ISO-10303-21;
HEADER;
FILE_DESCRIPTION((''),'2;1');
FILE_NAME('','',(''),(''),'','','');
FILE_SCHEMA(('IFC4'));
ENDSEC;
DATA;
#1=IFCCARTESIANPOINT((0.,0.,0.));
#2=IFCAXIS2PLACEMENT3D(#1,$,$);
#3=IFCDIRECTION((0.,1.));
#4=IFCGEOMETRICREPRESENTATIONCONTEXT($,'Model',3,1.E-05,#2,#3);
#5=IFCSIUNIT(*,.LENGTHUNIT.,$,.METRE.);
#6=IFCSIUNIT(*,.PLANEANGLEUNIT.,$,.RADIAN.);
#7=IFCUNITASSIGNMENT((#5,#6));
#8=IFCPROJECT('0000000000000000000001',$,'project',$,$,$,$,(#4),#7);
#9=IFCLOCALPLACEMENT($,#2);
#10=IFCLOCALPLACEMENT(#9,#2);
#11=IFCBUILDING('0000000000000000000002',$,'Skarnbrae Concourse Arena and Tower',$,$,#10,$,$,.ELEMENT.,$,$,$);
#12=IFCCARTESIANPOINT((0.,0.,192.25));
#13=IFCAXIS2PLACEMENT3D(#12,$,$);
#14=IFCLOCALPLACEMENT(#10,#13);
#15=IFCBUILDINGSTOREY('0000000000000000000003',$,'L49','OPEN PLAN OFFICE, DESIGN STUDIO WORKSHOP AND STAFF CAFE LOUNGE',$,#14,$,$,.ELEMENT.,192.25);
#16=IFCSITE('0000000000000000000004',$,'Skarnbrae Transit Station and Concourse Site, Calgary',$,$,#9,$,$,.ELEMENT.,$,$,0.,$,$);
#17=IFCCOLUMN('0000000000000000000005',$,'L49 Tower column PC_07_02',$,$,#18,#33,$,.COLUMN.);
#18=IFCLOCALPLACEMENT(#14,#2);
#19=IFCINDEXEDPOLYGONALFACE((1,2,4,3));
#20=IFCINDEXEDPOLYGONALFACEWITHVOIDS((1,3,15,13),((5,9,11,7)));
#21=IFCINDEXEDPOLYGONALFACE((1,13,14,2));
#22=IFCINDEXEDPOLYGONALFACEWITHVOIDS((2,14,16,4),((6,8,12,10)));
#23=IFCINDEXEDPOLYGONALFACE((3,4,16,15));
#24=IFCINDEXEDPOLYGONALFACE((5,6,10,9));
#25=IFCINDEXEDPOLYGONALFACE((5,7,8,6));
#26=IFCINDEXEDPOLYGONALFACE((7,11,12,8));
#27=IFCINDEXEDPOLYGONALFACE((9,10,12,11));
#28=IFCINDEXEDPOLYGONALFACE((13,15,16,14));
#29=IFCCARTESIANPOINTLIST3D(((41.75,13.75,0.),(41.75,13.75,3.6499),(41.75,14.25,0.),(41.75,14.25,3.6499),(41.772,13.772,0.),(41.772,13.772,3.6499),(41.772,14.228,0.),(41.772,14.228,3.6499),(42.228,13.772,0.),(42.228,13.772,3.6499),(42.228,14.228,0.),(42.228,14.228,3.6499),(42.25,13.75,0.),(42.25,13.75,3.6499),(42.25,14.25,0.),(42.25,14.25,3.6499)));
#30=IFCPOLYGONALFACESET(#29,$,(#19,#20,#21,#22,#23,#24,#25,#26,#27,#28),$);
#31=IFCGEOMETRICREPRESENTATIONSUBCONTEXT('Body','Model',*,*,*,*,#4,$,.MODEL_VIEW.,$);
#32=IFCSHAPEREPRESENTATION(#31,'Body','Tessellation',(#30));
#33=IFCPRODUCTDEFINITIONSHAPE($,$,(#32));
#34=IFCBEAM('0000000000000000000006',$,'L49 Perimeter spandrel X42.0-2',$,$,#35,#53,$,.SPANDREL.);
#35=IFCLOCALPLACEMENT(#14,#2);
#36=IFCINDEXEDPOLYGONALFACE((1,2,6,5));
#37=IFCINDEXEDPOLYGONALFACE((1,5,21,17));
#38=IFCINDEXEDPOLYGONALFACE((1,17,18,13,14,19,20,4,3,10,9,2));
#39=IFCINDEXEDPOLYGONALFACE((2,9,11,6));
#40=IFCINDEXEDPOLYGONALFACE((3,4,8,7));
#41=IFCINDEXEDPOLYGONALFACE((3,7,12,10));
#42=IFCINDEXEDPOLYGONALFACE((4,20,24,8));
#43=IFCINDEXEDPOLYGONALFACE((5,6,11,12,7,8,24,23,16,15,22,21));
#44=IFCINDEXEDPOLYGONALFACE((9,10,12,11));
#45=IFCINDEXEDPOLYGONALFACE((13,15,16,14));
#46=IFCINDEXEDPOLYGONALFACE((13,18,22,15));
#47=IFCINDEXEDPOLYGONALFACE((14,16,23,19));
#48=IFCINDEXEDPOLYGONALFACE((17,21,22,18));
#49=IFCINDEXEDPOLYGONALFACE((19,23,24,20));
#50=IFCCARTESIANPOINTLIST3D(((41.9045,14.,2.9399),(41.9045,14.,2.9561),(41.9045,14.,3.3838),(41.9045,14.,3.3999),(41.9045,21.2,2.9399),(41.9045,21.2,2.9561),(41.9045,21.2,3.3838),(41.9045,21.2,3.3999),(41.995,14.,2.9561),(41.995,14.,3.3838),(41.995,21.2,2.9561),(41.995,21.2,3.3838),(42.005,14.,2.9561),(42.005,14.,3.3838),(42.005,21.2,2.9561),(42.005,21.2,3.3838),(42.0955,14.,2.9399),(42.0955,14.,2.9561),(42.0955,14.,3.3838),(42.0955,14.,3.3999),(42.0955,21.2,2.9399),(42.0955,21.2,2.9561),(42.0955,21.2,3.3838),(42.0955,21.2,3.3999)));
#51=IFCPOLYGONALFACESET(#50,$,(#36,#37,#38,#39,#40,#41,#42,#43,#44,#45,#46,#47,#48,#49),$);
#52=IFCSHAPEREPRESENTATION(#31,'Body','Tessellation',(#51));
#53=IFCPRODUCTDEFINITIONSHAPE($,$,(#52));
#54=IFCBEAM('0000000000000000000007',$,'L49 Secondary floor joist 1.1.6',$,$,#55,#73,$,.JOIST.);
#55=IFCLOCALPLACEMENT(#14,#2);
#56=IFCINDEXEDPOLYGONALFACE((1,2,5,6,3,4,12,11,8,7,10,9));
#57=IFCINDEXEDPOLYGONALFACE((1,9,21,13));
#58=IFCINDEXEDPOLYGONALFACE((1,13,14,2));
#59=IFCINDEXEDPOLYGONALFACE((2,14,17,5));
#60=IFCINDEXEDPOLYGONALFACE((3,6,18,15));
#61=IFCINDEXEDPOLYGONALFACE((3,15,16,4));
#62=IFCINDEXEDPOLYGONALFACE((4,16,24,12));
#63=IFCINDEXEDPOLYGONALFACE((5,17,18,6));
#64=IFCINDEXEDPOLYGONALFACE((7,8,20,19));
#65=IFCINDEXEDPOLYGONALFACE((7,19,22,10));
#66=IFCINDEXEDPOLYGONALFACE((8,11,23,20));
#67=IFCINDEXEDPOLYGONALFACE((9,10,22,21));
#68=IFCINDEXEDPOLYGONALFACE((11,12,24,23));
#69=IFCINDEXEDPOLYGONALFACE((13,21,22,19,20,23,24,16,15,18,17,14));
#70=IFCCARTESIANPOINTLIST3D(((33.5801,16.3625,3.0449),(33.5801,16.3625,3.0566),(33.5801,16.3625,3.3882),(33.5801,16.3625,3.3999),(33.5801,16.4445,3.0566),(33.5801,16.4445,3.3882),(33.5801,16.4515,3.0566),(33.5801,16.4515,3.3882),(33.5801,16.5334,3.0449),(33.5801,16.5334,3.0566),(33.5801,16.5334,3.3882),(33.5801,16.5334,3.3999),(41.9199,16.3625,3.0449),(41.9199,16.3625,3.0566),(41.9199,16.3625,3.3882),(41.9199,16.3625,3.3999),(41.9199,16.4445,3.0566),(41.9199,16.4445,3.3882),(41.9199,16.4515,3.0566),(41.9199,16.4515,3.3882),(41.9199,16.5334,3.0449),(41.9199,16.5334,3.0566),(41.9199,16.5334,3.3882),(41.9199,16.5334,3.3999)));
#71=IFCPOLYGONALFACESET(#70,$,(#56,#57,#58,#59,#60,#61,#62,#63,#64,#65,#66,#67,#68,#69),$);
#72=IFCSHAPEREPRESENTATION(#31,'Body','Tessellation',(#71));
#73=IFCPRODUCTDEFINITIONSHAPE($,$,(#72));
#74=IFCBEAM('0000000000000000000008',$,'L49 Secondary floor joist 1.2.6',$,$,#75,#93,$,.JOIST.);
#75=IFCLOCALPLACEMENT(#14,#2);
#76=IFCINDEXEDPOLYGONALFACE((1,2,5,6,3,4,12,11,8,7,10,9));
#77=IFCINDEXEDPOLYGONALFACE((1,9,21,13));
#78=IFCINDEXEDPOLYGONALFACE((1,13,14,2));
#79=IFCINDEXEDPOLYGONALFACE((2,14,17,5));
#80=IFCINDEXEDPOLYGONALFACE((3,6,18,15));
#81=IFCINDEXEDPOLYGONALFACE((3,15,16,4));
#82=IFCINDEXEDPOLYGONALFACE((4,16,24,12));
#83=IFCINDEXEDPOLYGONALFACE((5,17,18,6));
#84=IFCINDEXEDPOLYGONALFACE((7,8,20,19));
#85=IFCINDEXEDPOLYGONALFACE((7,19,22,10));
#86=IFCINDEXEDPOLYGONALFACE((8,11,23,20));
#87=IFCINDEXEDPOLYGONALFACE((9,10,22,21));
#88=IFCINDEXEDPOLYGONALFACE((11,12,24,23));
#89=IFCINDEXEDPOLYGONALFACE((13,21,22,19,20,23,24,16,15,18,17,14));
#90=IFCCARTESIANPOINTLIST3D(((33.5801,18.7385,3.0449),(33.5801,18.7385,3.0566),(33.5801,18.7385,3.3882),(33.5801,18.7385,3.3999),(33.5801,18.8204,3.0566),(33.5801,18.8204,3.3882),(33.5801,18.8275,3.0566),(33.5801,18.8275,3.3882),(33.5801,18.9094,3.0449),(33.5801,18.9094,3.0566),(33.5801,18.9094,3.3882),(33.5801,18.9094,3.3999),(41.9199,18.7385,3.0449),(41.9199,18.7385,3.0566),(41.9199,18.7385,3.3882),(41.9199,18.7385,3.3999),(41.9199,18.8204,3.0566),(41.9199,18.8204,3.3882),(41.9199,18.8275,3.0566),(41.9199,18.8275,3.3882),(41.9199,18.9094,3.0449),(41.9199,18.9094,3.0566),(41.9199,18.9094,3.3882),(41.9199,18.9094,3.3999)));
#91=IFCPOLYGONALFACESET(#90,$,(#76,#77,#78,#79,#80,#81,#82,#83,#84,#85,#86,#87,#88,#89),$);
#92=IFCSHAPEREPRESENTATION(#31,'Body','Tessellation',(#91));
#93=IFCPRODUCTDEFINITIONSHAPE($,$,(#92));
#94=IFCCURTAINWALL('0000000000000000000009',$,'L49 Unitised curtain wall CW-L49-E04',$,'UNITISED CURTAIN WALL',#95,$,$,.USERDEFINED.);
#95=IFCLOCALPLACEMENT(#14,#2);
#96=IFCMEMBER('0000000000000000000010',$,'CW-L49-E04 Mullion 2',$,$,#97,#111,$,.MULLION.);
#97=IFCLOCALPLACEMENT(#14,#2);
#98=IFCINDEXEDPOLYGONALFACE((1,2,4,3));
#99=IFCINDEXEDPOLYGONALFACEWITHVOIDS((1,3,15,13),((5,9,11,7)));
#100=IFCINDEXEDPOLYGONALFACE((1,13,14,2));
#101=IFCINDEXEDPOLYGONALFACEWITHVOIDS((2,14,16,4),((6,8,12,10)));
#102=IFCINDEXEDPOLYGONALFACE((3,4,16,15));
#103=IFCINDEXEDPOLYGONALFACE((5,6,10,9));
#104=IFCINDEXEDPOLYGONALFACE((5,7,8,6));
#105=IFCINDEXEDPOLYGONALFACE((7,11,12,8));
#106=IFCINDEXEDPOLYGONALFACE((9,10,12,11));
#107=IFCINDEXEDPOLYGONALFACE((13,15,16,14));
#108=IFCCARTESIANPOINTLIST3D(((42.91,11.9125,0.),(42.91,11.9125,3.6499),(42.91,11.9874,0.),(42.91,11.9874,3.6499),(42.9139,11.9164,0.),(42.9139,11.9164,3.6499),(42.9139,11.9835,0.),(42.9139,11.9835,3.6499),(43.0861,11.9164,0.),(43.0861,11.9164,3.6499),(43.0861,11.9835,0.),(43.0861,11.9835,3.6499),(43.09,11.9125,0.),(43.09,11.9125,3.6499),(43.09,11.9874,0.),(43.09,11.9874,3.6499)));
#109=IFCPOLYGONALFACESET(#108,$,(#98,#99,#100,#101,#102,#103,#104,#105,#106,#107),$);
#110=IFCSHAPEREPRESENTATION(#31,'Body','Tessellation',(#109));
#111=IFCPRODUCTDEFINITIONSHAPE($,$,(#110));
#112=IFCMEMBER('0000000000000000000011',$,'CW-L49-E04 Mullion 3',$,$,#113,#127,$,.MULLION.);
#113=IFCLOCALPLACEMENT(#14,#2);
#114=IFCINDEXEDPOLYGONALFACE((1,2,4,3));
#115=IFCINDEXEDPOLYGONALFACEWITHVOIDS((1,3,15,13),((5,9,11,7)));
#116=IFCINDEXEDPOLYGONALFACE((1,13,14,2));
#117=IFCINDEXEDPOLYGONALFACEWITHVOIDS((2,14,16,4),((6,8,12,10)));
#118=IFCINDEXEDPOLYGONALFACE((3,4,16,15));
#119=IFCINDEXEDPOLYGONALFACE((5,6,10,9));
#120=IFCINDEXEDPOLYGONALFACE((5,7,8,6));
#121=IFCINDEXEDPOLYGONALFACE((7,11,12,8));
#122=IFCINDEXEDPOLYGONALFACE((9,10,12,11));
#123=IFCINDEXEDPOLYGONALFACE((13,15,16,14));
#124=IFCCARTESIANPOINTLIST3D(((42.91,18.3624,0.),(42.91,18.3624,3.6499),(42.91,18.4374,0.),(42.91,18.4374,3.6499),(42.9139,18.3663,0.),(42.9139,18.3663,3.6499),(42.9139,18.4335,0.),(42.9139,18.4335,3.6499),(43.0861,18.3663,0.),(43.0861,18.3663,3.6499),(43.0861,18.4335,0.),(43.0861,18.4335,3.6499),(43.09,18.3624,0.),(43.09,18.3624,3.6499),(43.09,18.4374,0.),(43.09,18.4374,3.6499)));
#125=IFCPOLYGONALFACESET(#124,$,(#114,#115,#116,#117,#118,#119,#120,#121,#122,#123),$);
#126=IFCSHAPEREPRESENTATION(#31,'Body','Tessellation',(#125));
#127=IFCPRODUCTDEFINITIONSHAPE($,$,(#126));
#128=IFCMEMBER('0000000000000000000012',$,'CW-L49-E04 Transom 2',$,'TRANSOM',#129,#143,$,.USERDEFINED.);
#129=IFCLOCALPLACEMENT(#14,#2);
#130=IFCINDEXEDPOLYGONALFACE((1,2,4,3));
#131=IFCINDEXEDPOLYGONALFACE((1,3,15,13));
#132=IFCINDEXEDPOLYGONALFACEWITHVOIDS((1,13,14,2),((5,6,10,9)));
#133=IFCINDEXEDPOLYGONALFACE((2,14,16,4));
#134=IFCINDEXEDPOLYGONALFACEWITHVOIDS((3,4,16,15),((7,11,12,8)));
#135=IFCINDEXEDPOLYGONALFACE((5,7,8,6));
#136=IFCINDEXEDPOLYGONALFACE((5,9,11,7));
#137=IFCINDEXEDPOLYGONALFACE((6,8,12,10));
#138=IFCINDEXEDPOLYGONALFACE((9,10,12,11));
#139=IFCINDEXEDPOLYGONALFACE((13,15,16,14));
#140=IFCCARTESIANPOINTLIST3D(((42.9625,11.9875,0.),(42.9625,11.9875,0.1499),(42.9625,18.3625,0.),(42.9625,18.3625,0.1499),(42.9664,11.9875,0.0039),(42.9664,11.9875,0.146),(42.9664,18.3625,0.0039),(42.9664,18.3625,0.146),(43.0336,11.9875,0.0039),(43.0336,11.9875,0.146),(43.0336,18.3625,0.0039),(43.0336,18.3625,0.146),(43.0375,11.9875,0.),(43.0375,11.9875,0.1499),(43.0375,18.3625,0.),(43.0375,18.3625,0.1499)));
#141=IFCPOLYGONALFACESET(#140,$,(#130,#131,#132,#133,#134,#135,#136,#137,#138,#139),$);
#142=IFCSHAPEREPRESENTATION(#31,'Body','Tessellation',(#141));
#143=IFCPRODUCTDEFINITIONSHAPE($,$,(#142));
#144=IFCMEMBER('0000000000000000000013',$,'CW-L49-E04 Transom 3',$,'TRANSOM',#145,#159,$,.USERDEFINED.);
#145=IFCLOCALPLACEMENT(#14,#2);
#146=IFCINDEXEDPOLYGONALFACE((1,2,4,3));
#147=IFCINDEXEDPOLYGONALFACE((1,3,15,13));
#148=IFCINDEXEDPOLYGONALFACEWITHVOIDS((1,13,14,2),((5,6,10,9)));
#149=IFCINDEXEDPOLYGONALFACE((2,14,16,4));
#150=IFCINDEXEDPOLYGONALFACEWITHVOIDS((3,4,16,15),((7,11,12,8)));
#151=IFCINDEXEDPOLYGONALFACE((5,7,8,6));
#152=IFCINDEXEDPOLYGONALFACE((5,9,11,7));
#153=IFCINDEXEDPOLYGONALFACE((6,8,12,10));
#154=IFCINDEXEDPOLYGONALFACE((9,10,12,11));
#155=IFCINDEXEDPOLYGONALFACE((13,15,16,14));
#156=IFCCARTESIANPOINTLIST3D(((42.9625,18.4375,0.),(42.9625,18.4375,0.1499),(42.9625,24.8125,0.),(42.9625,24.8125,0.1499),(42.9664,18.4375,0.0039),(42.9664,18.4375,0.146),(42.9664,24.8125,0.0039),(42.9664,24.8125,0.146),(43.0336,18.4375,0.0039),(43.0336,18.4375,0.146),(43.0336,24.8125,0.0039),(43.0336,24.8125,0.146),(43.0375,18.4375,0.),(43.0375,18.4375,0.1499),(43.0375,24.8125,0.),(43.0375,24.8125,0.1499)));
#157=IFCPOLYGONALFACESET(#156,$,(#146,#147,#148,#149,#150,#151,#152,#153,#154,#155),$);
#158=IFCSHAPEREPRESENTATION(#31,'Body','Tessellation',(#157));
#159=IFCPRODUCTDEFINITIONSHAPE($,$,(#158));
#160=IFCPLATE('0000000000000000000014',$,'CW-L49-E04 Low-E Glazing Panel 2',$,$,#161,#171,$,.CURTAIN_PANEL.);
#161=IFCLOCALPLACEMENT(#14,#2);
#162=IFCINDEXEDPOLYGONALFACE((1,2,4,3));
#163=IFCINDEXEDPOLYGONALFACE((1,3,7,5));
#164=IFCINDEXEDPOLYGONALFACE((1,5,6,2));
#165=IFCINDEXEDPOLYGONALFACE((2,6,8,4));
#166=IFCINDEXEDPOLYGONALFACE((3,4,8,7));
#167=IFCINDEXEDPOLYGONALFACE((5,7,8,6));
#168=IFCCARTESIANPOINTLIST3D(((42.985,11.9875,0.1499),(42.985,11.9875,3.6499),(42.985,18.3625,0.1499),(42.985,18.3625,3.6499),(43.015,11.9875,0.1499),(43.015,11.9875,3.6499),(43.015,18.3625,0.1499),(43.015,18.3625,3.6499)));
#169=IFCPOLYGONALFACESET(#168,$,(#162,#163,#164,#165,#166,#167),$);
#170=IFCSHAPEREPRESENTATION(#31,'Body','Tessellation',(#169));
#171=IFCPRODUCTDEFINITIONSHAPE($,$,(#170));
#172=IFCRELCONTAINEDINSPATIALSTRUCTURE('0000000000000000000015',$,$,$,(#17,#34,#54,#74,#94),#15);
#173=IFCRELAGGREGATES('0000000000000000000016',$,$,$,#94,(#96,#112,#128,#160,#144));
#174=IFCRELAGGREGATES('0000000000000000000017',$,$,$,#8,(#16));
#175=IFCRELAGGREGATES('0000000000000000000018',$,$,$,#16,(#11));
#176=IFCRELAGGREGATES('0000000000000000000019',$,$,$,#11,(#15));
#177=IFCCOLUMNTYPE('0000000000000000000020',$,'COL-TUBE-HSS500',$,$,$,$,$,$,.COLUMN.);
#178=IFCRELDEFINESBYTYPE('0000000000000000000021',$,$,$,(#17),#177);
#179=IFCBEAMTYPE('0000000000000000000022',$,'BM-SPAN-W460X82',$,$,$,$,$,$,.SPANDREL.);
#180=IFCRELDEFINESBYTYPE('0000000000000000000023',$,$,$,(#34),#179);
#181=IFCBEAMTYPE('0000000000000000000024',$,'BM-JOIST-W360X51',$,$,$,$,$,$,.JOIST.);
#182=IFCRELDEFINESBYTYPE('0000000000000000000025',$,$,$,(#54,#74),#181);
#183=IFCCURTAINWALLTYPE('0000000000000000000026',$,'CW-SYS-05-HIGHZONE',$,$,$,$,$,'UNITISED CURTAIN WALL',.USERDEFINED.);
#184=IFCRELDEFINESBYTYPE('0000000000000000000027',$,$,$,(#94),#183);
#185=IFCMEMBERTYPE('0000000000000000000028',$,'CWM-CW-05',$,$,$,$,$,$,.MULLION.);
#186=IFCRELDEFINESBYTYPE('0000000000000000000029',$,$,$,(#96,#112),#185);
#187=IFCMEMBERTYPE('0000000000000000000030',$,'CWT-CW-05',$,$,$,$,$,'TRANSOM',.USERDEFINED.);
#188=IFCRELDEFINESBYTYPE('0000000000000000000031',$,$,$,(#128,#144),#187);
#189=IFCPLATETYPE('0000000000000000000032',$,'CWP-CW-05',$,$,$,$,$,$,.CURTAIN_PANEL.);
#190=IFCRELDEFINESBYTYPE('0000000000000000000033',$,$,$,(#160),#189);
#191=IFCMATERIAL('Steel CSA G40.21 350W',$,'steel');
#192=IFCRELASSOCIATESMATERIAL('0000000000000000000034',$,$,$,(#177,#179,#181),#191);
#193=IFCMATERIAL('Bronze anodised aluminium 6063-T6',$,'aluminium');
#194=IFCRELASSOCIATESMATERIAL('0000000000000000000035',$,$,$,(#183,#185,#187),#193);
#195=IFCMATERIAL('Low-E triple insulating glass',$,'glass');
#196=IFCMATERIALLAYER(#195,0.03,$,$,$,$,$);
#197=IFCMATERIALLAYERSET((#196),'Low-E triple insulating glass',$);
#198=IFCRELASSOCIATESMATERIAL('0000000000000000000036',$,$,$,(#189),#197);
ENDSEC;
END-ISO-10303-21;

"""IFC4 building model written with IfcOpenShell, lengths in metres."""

from ifc_helpers import new_model, si_unit, direction, frame, origin, origin_2d, place, context, subcontext, project, spatial, rectangle, hollow_rectangle, i_section, extrude, source, transform, mapped, material, layer, layer_set, material_profile, profile_set, type_object, element, aggregate, save


model = new_model("IFC4")

# Units and contexts
model_context = context("Model", 3, precision=1e-05, world=origin(), true_north=direction((0.0, 1.0)))
body_context = subcontext(model_context, "Body", "Model", "MODEL_VIEW")
ifc_project = project(units=[si_unit("LENGTHUNIT", "METRE"), si_unit("PLANEANGLEUNIT", "RADIAN")], contexts=[model_context])

# Site, building, storey
site_placement = place(None, origin())
site = spatial("IfcSite", under=ifc_project, at=site_placement, Name="Skarnbrae Transit Station and Concourse Site, Calgary", CompositionType="ELEMENT", RefElevation=0.0)
building_placement = place(site_placement, origin())
building = spatial("IfcBuilding", under=site, at=building_placement, Name="Skarnbrae Concourse Arena and Tower", CompositionType="ELEMENT")
storey_placement = place(building_placement, frame((0.0, 0.0, 192.25)))
storey = spatial("IfcBuildingStorey", under=building, at=storey_placement, Name="L49", Description="OPEN PLAN OFFICE, DESIGN STUDIO WORKSHOP AND STAFF CAFE LOUNGE", CompositionType="ELEMENT", Elevation=192.25)

# Column
ifc_material_1 = material(Name="Steel CSA G40.21 350W", Category="steel")
ifc_material_profile_1 = material_profile(ifc_material_1, hollow_rectangle(XDim=0.5, YDim=0.5, WallThickness=0.022, at=origin_2d()), Name="HSS500X500X22.0")
ifc_profile_set_1 = profile_set([ifc_material_profile_1], Name="Steel CSA G40.21 350W")
column_type = type_object("IfcColumnType", Name="COL-TUBE-HSS500", PredefinedType="COLUMN", material=ifc_profile_set_1)
shared_shape_1 = source(origin(), body_context, "Body", "SweptSolid", [
    extrude(hollow_rectangle(XDim=0.5, YDim=0.5, WallThickness=0.022, at=origin_2d()), origin(), (0.0, 0.0, 1.0), 3.6499),
])
column_placement = place(storey_placement, frame((42.0, 14.0, 0.0), z_axis=(0.0, 0.0, 1.0), x_axis=(1.0, 0.0, 0.0)))
element("IfcColumn", 1, at=column_placement, inside=storey, type_object=column_type, Name="L49 Tower column PC_07_02", PredefinedType="COLUMN", context=body_context, shape_type="MappedRepresentation", body=[
    mapped(shared_shape_1, transform((0.0, 0.0, 0.0))),
])

# Beams
ifc_material_profile_2 = material_profile(ifc_material_1, i_section(OverallWidth=0.1909, OverallDepth=0.46, WebThickness=0.01, FlangeThickness=0.0161, at=origin_2d()), Name="W460X82")
ifc_profile_set_2 = profile_set([ifc_material_profile_2], Name="Steel CSA G40.21 350W")
beam_type_1 = type_object("IfcBeamType", Name="BM-SPAN-W460X82", PredefinedType="SPANDREL", material=ifc_profile_set_2)
shared_shape_2 = source(origin(), body_context, "Body", "SweptSolid", [
    extrude(i_section(OverallWidth=0.1909, OverallDepth=0.46, WebThickness=0.01, FlangeThickness=0.0161, at=origin_2d()), origin(), (0.0, 0.0, 1.0), 7.2),
])
beam_placement = place(storey_placement, frame((42.0, 14.0, 3.1699), z_axis=(0.0, 1.0, 0.0), x_axis=(-1.0, 0.0, 0.0)))
element("IfcBeam", 2, at=beam_placement, inside=storey, type_object=beam_type_1, Name="L49 Perimeter spandrel X42.0-2", PredefinedType="SPANDREL", context=body_context, shape_type="MappedRepresentation", body=[
    mapped(shared_shape_2, transform((0.0, 0.0, 0.0))),
])
ifc_material_profile_3 = material_profile(ifc_material_1, i_section(OverallWidth=0.1709, OverallDepth=0.355, WebThickness=0.0071, FlangeThickness=0.0117, at=origin_2d()), Name="W360X51")
ifc_profile_set_3 = profile_set([ifc_material_profile_3], Name="Steel CSA G40.21 350W")
beam_type_2 = type_object("IfcBeamType", Name="BM-JOIST-W360X51", PredefinedType="JOIST", material=ifc_profile_set_3)
shared_shape_3 = source(origin(), body_context, "Body", "SweptSolid", [
    extrude(i_section(OverallWidth=0.1709, OverallDepth=0.355, WebThickness=0.0071, FlangeThickness=0.0117, at=origin_2d()), origin(), (0.0, 0.0, 1.0), 8.3398),
])
for number, where, z_axis, x_axis, name in (
    (3, (33.5801, 16.448, 3.2224), (1.0, 0.0, 0.0), (0.0, 1.0, 0.0), "L49 Secondary floor joist 1.1.6"),
    (4, (33.5801, 18.824, 3.2224), (1.0, 0.0, 0.0), (0.0, 1.0, 0.0), "L49 Secondary floor joist 1.2.6"),
):
    element("IfcBeam", number, at=place(storey_placement, frame(where, z_axis=z_axis, x_axis=x_axis)), inside=storey, type_object=beam_type_2, Name=name, PredefinedType="JOIST", context=body_context, shape_type="MappedRepresentation", body=[
        mapped(shared_shape_3, transform((0.0, 0.0, 0.0))),
    ])

# Curtain wall, members, plate
ifc_material_2 = material(Name="Bronze anodised aluminium 6063-T6", Category="aluminium")
curtain_wall_type = type_object("IfcCurtainWallType", Name="CW-SYS-05-HIGHZONE", ElementType="UNITISED CURTAIN WALL", PredefinedType="USERDEFINED", material=ifc_material_2)
curtain_wall_placement = place(storey_placement, origin())
curtain_wall = element("IfcCurtainWall", 5, at=curtain_wall_placement, inside=storey, type_object=curtain_wall_type, Name="L49 Unitised curtain wall CW-L49-E04", ObjectType="UNITISED CURTAIN WALL", PredefinedType="USERDEFINED")
ifc_material_profile_4 = material_profile(ifc_material_2, hollow_rectangle(XDim=0.075, YDim=0.1799, WallThickness=0.0039, at=origin_2d()), Name="ALU-MULL-75X180")
ifc_profile_set_4 = profile_set([ifc_material_profile_4], Name="Bronze anodised aluminium 6063-T6")
member_type_1 = type_object("IfcMemberType", Name="CWM-CW-05", PredefinedType="MULLION", material=ifc_profile_set_4)
shared_shape_4 = source(origin(), body_context, "Body", "SweptSolid", [
    extrude(hollow_rectangle(XDim=0.075, YDim=0.1799, WallThickness=0.0039, at=origin_2d()), origin(), (0.0, 0.0, 1.0), 3.6499),
])
member_1_placement = place(storey_placement, frame((43.0, 11.95, 0.0), z_axis=(0.0, 0.0, 1.0), x_axis=(0.0, 1.0, 0.0)))
member_1 = element("IfcMember", 6, at=member_1_placement, type_object=member_type_1, Name="CW-L49-E04 Mullion 2", PredefinedType="MULLION", context=body_context, shape_type="MappedRepresentation", body=[
    mapped(shared_shape_4, transform((0.0, 0.0, 0.0))),
])
member_2_placement = place(storey_placement, frame((43.0, 18.3999, 0.0), z_axis=(0.0, 0.0, 1.0), x_axis=(0.0, 1.0, 0.0)))
member_2 = element("IfcMember", 7, at=member_2_placement, type_object=member_type_1, Name="CW-L49-E04 Mullion 3", PredefinedType="MULLION", context=body_context, shape_type="MappedRepresentation", body=[
    mapped(shared_shape_4, transform((0.0, 0.0, 0.0))),
])
ifc_material_profile_5 = material_profile(ifc_material_2, hollow_rectangle(XDim=0.075, YDim=0.1499, WallThickness=0.0039, at=origin_2d()), Name="ALU-TRAN-75X150")
ifc_profile_set_5 = profile_set([ifc_material_profile_5], Name="Bronze anodised aluminium 6063-T6")
member_type_2 = type_object("IfcMemberType", Name="CWT-CW-05", ElementType="TRANSOM", PredefinedType="USERDEFINED", material=ifc_profile_set_5)
shared_shape_5 = source(origin(), body_context, "Body", "SweptSolid", [
    extrude(hollow_rectangle(XDim=0.075, YDim=0.1499, WallThickness=0.0039, at=origin_2d()), origin(), (0.0, 0.0, 1.0), 6.375),
])
member_3_placement = place(storey_placement, frame((43.0, 11.9875, 0.075), z_axis=(0.0, 1.0, 0.0), x_axis=(-1.0, 0.0, 0.0)))
member_3 = element("IfcMember", 8, at=member_3_placement, type_object=member_type_2, Name="CW-L49-E04 Transom 2", ObjectType="TRANSOM", PredefinedType="USERDEFINED", context=body_context, shape_type="MappedRepresentation", body=[
    mapped(shared_shape_5, transform((0.0, 0.0, 0.0))),
])
member_4_placement = place(storey_placement, frame((43.0, 18.4375, 0.075), z_axis=(0.0, 1.0, 0.0), x_axis=(-1.0, 0.0, 0.0)))
member_4 = element("IfcMember", 9, at=member_4_placement, type_object=member_type_2, Name="CW-L49-E04 Transom 3", ObjectType="TRANSOM", PredefinedType="USERDEFINED", context=body_context, shape_type="MappedRepresentation", body=[
    mapped(shared_shape_5, transform((0.0, 0.0, 0.0))),
])
ifc_material_3 = material(Name="Low-E triple insulating glass", Category="glass")
ifc_layer_1 = layer(ifc_material_3, 0.03)
ifc_layer_set_1 = layer_set([ifc_layer_1], Name="Low-E triple insulating glass")
plate_type = type_object("IfcPlateType", Name="CWP-CW-05", PredefinedType="CURTAIN_PANEL", material=ifc_layer_set_1)
shared_shape_6 = source(origin(), body_context, "Body", "SweptSolid", [
    extrude(rectangle(XDim=6.375, YDim=0.03, at=origin_2d()), origin(), (0.0, 0.0, 1.0), 3.5),
])
plate_placement = place(storey_placement, frame((43.0, 15.175, 0.1499), z_axis=(0.0, 0.0, 1.0), x_axis=(0.0, 1.0, 0.0)))
plate = element("IfcPlate", 10, at=plate_placement, type_object=plate_type, Name="CW-L49-E04 Low-E Glazing Panel 2", PredefinedType="CURTAIN_PANEL", context=body_context, shape_type="MappedRepresentation", body=[
    mapped(shared_shape_6, transform((0.0, 0.0, 0.0))),
])
aggregate(curtain_wall, [member_1, member_2, member_3, plate, member_4])

save(model, "model.ifc")
